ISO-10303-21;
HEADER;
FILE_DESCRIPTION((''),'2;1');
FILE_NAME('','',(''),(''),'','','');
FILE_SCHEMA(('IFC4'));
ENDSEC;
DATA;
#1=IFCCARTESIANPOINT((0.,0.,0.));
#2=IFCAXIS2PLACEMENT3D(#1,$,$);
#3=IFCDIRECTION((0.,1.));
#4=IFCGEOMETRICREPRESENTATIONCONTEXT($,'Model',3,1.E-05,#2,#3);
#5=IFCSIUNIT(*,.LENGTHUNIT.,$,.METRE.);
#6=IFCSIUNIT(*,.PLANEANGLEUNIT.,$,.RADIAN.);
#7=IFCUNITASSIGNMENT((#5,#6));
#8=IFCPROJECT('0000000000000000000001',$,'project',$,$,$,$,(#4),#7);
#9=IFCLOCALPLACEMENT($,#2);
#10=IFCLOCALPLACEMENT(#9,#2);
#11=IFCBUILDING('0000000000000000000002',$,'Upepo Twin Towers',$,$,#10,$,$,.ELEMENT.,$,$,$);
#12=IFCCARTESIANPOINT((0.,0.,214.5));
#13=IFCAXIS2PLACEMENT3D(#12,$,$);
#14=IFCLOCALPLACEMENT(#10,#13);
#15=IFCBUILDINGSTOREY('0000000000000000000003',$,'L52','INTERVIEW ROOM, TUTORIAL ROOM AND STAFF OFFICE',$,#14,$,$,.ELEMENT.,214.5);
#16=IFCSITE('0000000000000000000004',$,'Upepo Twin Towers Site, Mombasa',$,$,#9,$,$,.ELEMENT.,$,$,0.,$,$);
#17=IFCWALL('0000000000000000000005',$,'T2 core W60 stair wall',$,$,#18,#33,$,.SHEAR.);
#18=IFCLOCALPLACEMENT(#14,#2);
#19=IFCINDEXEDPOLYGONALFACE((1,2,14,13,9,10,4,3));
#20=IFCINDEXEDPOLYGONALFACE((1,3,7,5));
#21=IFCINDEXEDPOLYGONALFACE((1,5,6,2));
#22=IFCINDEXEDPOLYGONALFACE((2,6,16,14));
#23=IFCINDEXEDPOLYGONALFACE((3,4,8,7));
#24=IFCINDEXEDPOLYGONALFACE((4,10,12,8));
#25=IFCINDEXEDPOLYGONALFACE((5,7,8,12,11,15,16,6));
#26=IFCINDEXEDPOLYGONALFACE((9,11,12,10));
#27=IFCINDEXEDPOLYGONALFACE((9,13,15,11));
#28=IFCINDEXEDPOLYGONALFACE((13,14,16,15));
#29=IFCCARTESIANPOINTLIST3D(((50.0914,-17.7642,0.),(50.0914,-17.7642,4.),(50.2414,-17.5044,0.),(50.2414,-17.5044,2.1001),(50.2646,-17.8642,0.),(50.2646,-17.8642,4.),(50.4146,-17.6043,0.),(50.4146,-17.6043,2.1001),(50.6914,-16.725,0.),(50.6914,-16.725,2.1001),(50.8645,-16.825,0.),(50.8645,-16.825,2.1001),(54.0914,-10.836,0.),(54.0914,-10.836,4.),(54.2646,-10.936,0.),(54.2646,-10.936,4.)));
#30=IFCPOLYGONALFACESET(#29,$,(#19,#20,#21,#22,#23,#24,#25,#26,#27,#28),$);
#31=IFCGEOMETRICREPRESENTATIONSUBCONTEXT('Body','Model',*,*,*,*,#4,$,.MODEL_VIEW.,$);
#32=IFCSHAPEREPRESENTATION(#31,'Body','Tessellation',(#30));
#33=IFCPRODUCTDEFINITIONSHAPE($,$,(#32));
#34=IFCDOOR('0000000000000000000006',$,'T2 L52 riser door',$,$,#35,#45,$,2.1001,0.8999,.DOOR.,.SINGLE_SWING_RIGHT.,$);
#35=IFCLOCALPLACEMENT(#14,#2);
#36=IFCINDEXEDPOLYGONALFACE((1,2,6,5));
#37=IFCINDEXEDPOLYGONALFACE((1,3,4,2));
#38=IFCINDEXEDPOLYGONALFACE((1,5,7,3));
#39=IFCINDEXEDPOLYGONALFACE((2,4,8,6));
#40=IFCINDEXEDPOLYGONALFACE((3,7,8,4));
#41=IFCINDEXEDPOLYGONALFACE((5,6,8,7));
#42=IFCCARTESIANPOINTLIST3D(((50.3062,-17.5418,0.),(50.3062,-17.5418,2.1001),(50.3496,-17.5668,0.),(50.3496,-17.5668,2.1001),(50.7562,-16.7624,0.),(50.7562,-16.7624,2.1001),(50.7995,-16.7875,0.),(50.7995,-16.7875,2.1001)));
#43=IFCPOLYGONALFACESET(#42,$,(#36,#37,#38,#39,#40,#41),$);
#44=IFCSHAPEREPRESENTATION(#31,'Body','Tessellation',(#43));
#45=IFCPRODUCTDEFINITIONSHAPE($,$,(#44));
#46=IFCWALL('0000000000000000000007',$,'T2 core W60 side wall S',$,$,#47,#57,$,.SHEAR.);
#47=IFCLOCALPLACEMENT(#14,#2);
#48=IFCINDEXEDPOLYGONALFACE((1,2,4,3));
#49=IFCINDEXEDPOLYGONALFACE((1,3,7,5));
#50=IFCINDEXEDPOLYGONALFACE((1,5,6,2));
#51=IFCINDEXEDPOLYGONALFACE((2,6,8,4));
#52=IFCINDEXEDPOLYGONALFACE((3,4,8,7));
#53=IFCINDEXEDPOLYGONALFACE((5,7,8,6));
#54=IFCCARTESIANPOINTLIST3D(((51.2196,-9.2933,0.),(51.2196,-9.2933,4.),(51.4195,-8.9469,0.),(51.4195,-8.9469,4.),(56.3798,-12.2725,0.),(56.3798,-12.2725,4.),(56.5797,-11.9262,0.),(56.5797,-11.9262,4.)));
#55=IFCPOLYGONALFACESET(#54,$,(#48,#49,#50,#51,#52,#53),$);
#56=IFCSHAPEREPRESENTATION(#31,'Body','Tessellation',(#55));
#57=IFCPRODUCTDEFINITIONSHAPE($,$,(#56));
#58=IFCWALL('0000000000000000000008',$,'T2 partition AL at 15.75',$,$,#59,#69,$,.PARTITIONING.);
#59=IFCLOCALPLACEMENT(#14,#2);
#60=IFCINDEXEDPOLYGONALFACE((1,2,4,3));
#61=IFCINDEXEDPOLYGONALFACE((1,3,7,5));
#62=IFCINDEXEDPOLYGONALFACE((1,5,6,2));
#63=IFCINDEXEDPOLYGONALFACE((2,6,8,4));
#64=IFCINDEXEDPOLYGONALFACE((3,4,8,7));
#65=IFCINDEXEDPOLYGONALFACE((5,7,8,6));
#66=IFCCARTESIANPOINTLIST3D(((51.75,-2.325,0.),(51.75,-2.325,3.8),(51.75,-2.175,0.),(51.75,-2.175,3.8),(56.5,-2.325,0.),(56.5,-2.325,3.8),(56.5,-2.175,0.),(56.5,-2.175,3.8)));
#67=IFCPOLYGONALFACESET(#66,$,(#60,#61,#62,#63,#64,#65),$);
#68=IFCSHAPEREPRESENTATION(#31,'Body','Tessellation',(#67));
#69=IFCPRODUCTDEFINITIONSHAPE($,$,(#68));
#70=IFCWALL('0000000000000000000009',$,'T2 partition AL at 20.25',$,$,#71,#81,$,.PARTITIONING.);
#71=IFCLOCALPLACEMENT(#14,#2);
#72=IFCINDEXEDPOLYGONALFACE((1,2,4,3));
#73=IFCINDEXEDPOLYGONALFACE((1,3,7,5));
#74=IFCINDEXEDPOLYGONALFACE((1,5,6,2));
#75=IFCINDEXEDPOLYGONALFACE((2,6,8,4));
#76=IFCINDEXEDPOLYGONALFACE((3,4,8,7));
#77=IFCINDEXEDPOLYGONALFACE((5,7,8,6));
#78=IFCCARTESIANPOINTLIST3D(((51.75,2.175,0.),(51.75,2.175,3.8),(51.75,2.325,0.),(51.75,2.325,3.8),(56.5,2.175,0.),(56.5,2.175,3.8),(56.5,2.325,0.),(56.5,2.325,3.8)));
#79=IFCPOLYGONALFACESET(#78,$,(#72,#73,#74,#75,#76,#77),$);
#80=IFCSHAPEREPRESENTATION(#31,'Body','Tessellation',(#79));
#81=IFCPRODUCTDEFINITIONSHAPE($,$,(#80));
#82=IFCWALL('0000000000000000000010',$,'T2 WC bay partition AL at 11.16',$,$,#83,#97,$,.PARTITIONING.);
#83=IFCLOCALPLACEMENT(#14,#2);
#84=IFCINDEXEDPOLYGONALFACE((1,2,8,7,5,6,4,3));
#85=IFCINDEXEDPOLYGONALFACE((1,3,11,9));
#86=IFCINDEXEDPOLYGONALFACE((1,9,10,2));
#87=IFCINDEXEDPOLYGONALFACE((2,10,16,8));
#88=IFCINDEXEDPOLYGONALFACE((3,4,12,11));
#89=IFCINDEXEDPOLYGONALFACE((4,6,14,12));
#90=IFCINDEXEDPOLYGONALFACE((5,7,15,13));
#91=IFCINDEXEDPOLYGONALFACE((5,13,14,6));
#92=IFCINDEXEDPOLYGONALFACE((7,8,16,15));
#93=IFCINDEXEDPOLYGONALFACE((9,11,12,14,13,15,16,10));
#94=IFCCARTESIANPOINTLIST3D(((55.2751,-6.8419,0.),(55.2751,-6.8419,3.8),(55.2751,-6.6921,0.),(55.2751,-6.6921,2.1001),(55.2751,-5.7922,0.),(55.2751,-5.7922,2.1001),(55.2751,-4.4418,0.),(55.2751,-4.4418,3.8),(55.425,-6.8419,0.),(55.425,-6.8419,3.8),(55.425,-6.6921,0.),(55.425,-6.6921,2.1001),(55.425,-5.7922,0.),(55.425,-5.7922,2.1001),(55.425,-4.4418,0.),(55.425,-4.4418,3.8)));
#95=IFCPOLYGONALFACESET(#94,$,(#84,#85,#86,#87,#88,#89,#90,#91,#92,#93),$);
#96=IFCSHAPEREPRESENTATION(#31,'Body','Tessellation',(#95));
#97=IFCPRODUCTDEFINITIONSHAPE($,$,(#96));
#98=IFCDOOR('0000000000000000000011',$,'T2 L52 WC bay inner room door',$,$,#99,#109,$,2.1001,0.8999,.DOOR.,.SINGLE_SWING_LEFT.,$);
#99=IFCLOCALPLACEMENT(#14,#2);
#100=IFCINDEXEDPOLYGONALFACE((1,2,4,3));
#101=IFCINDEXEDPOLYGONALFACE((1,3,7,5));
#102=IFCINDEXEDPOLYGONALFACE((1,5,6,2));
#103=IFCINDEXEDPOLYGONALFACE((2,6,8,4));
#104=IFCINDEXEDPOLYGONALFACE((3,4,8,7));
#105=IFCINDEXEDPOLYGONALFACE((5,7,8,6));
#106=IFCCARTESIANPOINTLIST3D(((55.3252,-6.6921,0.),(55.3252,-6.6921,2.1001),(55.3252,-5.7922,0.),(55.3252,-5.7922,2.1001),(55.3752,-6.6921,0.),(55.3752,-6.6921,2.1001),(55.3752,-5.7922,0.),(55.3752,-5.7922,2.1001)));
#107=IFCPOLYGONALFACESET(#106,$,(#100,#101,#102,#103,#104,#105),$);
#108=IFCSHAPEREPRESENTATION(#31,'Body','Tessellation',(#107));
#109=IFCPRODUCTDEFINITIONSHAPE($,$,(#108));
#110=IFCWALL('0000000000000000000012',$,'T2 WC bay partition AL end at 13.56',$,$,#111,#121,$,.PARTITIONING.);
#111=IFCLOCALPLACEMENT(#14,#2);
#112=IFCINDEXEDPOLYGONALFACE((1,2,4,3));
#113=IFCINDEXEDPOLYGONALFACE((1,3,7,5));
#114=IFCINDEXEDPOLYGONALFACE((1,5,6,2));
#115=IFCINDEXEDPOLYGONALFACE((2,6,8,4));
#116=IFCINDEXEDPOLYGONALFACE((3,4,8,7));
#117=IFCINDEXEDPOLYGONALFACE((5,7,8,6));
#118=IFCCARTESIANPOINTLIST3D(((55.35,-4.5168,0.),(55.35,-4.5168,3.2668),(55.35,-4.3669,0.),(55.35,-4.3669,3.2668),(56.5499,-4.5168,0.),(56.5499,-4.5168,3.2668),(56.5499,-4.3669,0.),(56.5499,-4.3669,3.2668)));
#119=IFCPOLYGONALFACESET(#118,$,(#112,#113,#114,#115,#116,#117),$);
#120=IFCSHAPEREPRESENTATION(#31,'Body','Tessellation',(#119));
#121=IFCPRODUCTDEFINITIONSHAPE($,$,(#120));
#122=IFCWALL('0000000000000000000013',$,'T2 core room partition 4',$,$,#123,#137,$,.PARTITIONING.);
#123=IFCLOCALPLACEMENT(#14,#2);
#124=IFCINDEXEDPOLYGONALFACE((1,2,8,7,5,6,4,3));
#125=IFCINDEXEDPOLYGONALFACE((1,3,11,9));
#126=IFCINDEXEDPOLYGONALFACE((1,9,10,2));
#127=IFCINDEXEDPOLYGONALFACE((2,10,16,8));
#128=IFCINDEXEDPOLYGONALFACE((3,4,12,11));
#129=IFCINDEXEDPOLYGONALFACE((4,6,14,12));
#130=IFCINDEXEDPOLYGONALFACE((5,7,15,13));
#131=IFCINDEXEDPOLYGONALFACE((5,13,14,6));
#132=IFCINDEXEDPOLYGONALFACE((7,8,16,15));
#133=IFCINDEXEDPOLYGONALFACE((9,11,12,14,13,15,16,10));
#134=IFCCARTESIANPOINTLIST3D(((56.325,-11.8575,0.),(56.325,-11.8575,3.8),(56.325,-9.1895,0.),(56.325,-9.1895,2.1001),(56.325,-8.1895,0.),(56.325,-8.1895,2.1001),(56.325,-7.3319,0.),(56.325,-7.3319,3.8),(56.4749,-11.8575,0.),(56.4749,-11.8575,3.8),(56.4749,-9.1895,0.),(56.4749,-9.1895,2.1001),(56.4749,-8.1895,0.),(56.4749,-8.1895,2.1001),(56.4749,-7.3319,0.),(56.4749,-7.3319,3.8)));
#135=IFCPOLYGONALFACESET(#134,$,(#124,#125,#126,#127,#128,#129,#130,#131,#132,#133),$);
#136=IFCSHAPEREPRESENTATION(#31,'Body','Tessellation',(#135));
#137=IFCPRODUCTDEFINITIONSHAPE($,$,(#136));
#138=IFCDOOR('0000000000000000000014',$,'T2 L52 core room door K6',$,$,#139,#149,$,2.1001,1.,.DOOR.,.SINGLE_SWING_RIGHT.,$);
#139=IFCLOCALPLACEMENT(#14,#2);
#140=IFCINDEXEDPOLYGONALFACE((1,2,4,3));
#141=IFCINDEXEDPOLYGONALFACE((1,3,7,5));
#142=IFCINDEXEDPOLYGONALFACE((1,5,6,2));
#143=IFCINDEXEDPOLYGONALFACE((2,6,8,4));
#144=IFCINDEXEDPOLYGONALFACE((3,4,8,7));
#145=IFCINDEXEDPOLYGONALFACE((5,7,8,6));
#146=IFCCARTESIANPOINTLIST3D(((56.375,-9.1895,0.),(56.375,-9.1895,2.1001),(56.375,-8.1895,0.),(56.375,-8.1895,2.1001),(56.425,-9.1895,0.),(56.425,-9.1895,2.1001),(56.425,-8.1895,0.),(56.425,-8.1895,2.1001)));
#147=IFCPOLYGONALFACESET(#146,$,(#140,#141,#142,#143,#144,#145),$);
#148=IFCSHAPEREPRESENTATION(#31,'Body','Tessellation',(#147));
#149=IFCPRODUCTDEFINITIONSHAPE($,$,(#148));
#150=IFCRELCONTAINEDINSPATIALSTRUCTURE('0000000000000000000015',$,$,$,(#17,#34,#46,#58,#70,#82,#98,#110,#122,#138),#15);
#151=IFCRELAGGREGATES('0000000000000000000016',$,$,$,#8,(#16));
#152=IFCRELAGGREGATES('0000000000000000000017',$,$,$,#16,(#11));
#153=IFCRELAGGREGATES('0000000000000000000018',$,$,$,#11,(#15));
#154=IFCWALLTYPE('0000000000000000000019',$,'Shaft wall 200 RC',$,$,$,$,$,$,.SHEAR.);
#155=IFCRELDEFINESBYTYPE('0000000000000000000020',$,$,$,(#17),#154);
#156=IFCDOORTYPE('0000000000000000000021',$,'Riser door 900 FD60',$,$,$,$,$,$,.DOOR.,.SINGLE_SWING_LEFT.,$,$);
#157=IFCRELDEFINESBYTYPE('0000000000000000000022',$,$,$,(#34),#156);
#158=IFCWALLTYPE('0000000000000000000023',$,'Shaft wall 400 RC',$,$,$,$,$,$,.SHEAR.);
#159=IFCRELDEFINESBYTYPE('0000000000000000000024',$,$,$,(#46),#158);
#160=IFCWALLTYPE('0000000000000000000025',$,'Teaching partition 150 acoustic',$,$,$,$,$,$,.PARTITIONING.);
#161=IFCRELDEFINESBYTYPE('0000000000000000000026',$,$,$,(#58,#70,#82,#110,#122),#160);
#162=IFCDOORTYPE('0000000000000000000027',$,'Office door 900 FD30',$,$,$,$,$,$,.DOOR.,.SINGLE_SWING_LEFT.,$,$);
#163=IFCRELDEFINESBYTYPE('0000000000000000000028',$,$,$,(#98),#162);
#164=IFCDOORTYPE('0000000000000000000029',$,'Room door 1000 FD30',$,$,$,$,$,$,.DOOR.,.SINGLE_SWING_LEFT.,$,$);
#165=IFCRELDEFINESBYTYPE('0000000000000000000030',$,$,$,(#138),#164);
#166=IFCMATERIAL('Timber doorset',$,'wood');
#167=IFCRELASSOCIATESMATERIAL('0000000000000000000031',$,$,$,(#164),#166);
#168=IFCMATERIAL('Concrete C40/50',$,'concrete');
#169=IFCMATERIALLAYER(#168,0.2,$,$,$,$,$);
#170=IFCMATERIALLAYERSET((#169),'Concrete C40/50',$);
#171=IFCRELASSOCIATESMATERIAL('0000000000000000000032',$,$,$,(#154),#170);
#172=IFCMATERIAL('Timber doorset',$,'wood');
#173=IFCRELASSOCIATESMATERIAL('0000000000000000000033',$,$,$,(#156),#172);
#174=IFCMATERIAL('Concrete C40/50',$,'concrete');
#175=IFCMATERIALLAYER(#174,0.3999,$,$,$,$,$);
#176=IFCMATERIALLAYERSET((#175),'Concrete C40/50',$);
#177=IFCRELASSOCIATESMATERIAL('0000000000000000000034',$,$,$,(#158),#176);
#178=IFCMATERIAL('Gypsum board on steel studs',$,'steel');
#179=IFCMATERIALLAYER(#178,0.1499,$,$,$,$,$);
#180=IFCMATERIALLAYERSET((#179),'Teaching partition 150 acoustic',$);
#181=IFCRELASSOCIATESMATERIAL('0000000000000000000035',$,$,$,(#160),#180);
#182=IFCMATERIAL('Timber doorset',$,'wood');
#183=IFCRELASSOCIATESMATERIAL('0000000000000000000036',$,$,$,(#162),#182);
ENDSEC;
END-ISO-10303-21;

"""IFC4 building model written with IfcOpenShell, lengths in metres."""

from ifc_helpers import new_model, si_unit, direction, frame, frame_2d, origin, place, context, subcontext, project, spatial, rectangle, extrude, material, layer, layer_set, type_object, element, fill, save


model = new_model("IFC4")

# Units and contexts
model_context = context("Model", 3, precision=1e-05, world=origin(), true_north=direction((0.0, 1.0)))
body_context = subcontext(model_context, "Body", "Model", "MODEL_VIEW")
ifc_project = project(units=[si_unit("LENGTHUNIT", "METRE"), si_unit("PLANEANGLEUNIT", "RADIAN")], contexts=[model_context])

# Site, building, storey
site_placement = place(None, origin())
site = spatial("IfcSite", under=ifc_project, at=site_placement, Name="Upepo Twin Towers Site, Mombasa", CompositionType="ELEMENT", RefElevation=0.0)
building_placement = place(site_placement, origin())
building = spatial("IfcBuilding", under=site, at=building_placement, Name="Upepo Twin Towers", CompositionType="ELEMENT")
storey_placement = place(building_placement, frame((0.0, 0.0, 214.5)))
storey = spatial("IfcBuildingStorey", under=building, at=storey_placement, Name="L52", Description="INTERVIEW ROOM, TUTORIAL ROOM AND STAFF OFFICE", CompositionType="ELEMENT", Elevation=214.5)

# Shared definitions
ifc_material_1 = material(Name="Timber doorset", Category="wood")
door_type_1 = type_object("IfcDoorType", Name="Room door 1000 FD30", OperationType="SINGLE_SWING_LEFT", PredefinedType="DOOR", material=ifc_material_1)

# Shared definitions
ifc_material_2 = material(Name="Concrete C40/50", Category="concrete")
ifc_layer_1 = layer(ifc_material_2, 0.2)
ifc_layer_set_1 = layer_set([ifc_layer_1], Name="Concrete C40/50")
wall_type_1 = type_object("IfcWallType", Name="Shaft wall 200 RC", PredefinedType="SHEAR", material=ifc_layer_set_1)

# Wall, opening, door
wall_1_placement = place(storey_placement, frame((54.178, -10.886, 0.0), z_axis=(0.0, 0.0, 1.0), x_axis=(-0.499999, -0.866026, 0.0)))
wall_1 = element("IfcWall", 1, at=wall_1_placement, inside=storey, type_object=wall_type_1, Name="T2 core W60 stair wall", PredefinedType="SHEAR", context=body_context, shape_type="SweptSolid", body=[
    extrude(rectangle(XDim=8.0, YDim=0.2, at=frame_2d((4.0, 0.0))), origin(), (0.0, 0.0, 1.0), 4.0),
])
opening_1_placement = place(wall_1_placement, frame((6.8, 0.0, 0.0)))
opening_1 = element("IfcOpeningElement", 2, at=opening_1_placement, cuts=wall_1, PredefinedType="OPENING", context=body_context, shape_type="SweptSolid", body=[
    extrude(rectangle(XDim=0.8999, YDim=2.1001, at=frame_2d((0.45, 1.05))), frame((0.0, 0.1099, 0.0), z_axis=(0.0, -1.0, 0.0), x_axis=(1.0, 0.0, 0.0)), (0.0, 0.0, 1.0), 0.22),
])
ifc_material_3 = material(Name="Timber doorset", Category="wood")
door_type_2 = type_object("IfcDoorType", Name="Riser door 900 FD60", OperationType="SINGLE_SWING_LEFT", PredefinedType="DOOR", material=ifc_material_3)
door_1_placement = place(opening_1_placement, origin())
door_1 = element("IfcDoor", 3, at=door_1_placement, inside=storey, type_object=door_type_2, Name="T2 L52 riser door", OperationType="SINGLE_SWING_RIGHT", OverallHeight=2.1001, OverallWidth=0.8999, PredefinedType="DOOR", context=body_context, shape_type="SweptSolid", body=[
    extrude(rectangle(XDim=0.8999, YDim=2.1001, at=frame_2d((0.45, 1.05))), frame((0.0, 0.0249, 0.0), z_axis=(0.0, -1.0, 0.0), x_axis=(1.0, 0.0, 0.0)), (0.0, 0.0, 1.0), 0.05),
])
fill(opening_1, door_1)

# Walls
ifc_material_4 = material(Name="Concrete C40/50", Category="concrete")
ifc_layer_2 = layer(ifc_material_4, 0.3999)
ifc_layer_set_2 = layer_set([ifc_layer_2], Name="Concrete C40/50")
wall_type_2 = type_object("IfcWallType", Name="Shaft wall 400 RC", PredefinedType="SHEAR", material=ifc_layer_set_2)
wall_2_placement = place(storey_placement, frame((56.4797, -12.0994, 0.0), z_axis=(0.0, 0.0, 1.0), x_axis=(-0.866023, 0.500004, 0.0)))
element("IfcWall", 4, at=wall_2_placement, inside=storey, type_object=wall_type_2, Name="T2 core W60 side wall S", PredefinedType="SHEAR", context=body_context, shape_type="SweptSolid", body=[
    extrude(rectangle(XDim=5.9585, YDim=0.3999, at=frame_2d((2.9792, 0.0))), origin(), (0.0, 0.0, 1.0), 4.0),
])
ifc_material_5 = material(Name="Gypsum board on steel studs", Category="steel")
ifc_layer_3 = layer(ifc_material_5, 0.1499)
ifc_layer_set_3 = layer_set([ifc_layer_3], Name="Teaching partition 150 acoustic")
wall_type_3 = type_object("IfcWallType", Name="Teaching partition 150 acoustic", PredefinedType="PARTITIONING", material=ifc_layer_set_3)
for number, where, z_axis, x_axis, name in (
    (5, (56.5, -2.25, 0.0), (0.0, 0.0, 1.0), (-1.0, 0.0, 0.0), "T2 partition AL at 15.75"),
    (6, (56.5, 2.25, 0.0), (0.0, 0.0, 1.0), (-1.0, 0.0, 0.0), "T2 partition AL at 20.25"),
):
    element("IfcWall", number, at=place(storey_placement, frame(where, z_axis=z_axis, x_axis=x_axis)), inside=storey, type_object=wall_type_3, Name=name, PredefinedType="PARTITIONING", context=body_context, shape_type="SweptSolid", body=[
        extrude(rectangle(XDim=4.75, YDim=0.1499, at=frame_2d((2.375, 0.0))), origin(), (0.0, 0.0, 1.0), 3.8),
    ])

# Wall, opening, door
wall_3_placement = place(storey_placement, frame((55.3501, -6.842, 0.0), z_axis=(0.0, 0.0, 1.0), x_axis=(0.0, 1.0, 0.0)))
wall_3 = element("IfcWall", 7, at=wall_3_placement, inside=storey, type_object=wall_type_3, Name="T2 WC bay partition AL at 11.16", PredefinedType="PARTITIONING", context=body_context, shape_type="SweptSolid", body=[
    extrude(rectangle(XDim=2.4001, YDim=0.1499, at=frame_2d((1.2002, 0.0))), origin(), (0.0, 0.0, 1.0), 3.8),
])
opening_2_placement = place(wall_3_placement, frame((0.1499, 0.0, 0.0)))
opening_2 = element("IfcOpeningElement", 8, at=opening_2_placement, cuts=wall_3, PredefinedType="OPENING", context=body_context, shape_type="SweptSolid", body=[
    extrude(rectangle(XDim=0.8999, YDim=2.1001, at=frame_2d((0.45, 1.05))), frame((0.0, 0.085, 0.0), z_axis=(0.0, -1.0, 0.0), x_axis=(1.0, 0.0, 0.0)), (0.0, 0.0, 1.0), 0.1699),
])
ifc_material_6 = material(Name="Timber doorset", Category="wood")
door_type_3 = type_object("IfcDoorType", Name="Office door 900 FD30", OperationType="SINGLE_SWING_LEFT", PredefinedType="DOOR", material=ifc_material_6)
door_2_placement = place(opening_2_placement, origin())
door_2 = element("IfcDoor", 9, at=door_2_placement, inside=storey, type_object=door_type_3, Name="T2 L52 WC bay inner room door", OperationType="SINGLE_SWING_LEFT", OverallHeight=2.1001, OverallWidth=0.8999, PredefinedType="DOOR", context=body_context, shape_type="SweptSolid", body=[
    extrude(rectangle(XDim=0.8999, YDim=2.1001, at=frame_2d((0.45, 1.05))), frame((0.0, 0.0249, 0.0), z_axis=(0.0, -1.0, 0.0), x_axis=(1.0, 0.0, 0.0)), (0.0, 0.0, 1.0), 0.05),
])
fill(opening_2, door_2)

# Wall
wall_4_placement = place(storey_placement, frame((56.55, -4.4419, 0.0), z_axis=(0.0, 0.0, 1.0), x_axis=(-1.0, 0.0, 0.0)))
element("IfcWall", 10, at=wall_4_placement, inside=storey, type_object=wall_type_3, Name="T2 WC bay partition AL end at 13.56", PredefinedType="PARTITIONING", context=body_context, shape_type="SweptSolid", body=[
    extrude(rectangle(XDim=1.2, YDim=0.1499, at=frame_2d((0.6001, 0.0))), origin(), (0.0, 0.0, 1.0), 3.2668),
])

# Wall, opening, door
wall_5_placement = place(storey_placement, frame((56.3999, -11.8574, 0.0), z_axis=(0.0, 0.0, 1.0), x_axis=(0.0, 1.0, 0.0)))
wall_5 = element("IfcWall", 11, at=wall_5_placement, inside=storey, type_object=wall_type_3, Name="T2 core room partition 4", PredefinedType="PARTITIONING", context=body_context, shape_type="SweptSolid", body=[
    extrude(rectangle(XDim=4.5256, YDim=0.1499, at=frame_2d((2.2627, 0.0))), origin(), (0.0, 0.0, 1.0), 3.8),
])
opening_3_placement = place(wall_5_placement, frame((2.668, 0.0, 0.0)))
opening_3 = element("IfcOpeningElement", 12, at=opening_3_placement, cuts=wall_5, PredefinedType="OPENING", context=body_context, shape_type="SweptSolid", body=[
    extrude(rectangle(XDim=1.0, YDim=2.1001, at=frame_2d((0.5, 1.05))), frame((0.0, 0.085, 0.0), z_axis=(0.0, -1.0, 0.0), x_axis=(1.0, 0.0, 0.0)), (0.0, 0.0, 1.0), 0.1699),
])
door_3_placement = place(opening_3_placement, origin())
door_3 = element("IfcDoor", 13, at=door_3_placement, inside=storey, type_object=door_type_1, Name="T2 L52 core room door K6", OperationType="SINGLE_SWING_RIGHT", OverallHeight=2.1001, OverallWidth=1.0, PredefinedType="DOOR", context=body_context, shape_type="SweptSolid", body=[
    extrude(rectangle(XDim=1.0, YDim=2.1001, at=frame_2d((0.5, 1.05))), frame((0.0, 0.0249, 0.0), z_axis=(0.0, -1.0, 0.0), x_axis=(1.0, 0.0, 0.0)), (0.0, 0.0, 1.0), 0.05),
])
fill(opening_3, door_3)

save(model, "model.ifc")
